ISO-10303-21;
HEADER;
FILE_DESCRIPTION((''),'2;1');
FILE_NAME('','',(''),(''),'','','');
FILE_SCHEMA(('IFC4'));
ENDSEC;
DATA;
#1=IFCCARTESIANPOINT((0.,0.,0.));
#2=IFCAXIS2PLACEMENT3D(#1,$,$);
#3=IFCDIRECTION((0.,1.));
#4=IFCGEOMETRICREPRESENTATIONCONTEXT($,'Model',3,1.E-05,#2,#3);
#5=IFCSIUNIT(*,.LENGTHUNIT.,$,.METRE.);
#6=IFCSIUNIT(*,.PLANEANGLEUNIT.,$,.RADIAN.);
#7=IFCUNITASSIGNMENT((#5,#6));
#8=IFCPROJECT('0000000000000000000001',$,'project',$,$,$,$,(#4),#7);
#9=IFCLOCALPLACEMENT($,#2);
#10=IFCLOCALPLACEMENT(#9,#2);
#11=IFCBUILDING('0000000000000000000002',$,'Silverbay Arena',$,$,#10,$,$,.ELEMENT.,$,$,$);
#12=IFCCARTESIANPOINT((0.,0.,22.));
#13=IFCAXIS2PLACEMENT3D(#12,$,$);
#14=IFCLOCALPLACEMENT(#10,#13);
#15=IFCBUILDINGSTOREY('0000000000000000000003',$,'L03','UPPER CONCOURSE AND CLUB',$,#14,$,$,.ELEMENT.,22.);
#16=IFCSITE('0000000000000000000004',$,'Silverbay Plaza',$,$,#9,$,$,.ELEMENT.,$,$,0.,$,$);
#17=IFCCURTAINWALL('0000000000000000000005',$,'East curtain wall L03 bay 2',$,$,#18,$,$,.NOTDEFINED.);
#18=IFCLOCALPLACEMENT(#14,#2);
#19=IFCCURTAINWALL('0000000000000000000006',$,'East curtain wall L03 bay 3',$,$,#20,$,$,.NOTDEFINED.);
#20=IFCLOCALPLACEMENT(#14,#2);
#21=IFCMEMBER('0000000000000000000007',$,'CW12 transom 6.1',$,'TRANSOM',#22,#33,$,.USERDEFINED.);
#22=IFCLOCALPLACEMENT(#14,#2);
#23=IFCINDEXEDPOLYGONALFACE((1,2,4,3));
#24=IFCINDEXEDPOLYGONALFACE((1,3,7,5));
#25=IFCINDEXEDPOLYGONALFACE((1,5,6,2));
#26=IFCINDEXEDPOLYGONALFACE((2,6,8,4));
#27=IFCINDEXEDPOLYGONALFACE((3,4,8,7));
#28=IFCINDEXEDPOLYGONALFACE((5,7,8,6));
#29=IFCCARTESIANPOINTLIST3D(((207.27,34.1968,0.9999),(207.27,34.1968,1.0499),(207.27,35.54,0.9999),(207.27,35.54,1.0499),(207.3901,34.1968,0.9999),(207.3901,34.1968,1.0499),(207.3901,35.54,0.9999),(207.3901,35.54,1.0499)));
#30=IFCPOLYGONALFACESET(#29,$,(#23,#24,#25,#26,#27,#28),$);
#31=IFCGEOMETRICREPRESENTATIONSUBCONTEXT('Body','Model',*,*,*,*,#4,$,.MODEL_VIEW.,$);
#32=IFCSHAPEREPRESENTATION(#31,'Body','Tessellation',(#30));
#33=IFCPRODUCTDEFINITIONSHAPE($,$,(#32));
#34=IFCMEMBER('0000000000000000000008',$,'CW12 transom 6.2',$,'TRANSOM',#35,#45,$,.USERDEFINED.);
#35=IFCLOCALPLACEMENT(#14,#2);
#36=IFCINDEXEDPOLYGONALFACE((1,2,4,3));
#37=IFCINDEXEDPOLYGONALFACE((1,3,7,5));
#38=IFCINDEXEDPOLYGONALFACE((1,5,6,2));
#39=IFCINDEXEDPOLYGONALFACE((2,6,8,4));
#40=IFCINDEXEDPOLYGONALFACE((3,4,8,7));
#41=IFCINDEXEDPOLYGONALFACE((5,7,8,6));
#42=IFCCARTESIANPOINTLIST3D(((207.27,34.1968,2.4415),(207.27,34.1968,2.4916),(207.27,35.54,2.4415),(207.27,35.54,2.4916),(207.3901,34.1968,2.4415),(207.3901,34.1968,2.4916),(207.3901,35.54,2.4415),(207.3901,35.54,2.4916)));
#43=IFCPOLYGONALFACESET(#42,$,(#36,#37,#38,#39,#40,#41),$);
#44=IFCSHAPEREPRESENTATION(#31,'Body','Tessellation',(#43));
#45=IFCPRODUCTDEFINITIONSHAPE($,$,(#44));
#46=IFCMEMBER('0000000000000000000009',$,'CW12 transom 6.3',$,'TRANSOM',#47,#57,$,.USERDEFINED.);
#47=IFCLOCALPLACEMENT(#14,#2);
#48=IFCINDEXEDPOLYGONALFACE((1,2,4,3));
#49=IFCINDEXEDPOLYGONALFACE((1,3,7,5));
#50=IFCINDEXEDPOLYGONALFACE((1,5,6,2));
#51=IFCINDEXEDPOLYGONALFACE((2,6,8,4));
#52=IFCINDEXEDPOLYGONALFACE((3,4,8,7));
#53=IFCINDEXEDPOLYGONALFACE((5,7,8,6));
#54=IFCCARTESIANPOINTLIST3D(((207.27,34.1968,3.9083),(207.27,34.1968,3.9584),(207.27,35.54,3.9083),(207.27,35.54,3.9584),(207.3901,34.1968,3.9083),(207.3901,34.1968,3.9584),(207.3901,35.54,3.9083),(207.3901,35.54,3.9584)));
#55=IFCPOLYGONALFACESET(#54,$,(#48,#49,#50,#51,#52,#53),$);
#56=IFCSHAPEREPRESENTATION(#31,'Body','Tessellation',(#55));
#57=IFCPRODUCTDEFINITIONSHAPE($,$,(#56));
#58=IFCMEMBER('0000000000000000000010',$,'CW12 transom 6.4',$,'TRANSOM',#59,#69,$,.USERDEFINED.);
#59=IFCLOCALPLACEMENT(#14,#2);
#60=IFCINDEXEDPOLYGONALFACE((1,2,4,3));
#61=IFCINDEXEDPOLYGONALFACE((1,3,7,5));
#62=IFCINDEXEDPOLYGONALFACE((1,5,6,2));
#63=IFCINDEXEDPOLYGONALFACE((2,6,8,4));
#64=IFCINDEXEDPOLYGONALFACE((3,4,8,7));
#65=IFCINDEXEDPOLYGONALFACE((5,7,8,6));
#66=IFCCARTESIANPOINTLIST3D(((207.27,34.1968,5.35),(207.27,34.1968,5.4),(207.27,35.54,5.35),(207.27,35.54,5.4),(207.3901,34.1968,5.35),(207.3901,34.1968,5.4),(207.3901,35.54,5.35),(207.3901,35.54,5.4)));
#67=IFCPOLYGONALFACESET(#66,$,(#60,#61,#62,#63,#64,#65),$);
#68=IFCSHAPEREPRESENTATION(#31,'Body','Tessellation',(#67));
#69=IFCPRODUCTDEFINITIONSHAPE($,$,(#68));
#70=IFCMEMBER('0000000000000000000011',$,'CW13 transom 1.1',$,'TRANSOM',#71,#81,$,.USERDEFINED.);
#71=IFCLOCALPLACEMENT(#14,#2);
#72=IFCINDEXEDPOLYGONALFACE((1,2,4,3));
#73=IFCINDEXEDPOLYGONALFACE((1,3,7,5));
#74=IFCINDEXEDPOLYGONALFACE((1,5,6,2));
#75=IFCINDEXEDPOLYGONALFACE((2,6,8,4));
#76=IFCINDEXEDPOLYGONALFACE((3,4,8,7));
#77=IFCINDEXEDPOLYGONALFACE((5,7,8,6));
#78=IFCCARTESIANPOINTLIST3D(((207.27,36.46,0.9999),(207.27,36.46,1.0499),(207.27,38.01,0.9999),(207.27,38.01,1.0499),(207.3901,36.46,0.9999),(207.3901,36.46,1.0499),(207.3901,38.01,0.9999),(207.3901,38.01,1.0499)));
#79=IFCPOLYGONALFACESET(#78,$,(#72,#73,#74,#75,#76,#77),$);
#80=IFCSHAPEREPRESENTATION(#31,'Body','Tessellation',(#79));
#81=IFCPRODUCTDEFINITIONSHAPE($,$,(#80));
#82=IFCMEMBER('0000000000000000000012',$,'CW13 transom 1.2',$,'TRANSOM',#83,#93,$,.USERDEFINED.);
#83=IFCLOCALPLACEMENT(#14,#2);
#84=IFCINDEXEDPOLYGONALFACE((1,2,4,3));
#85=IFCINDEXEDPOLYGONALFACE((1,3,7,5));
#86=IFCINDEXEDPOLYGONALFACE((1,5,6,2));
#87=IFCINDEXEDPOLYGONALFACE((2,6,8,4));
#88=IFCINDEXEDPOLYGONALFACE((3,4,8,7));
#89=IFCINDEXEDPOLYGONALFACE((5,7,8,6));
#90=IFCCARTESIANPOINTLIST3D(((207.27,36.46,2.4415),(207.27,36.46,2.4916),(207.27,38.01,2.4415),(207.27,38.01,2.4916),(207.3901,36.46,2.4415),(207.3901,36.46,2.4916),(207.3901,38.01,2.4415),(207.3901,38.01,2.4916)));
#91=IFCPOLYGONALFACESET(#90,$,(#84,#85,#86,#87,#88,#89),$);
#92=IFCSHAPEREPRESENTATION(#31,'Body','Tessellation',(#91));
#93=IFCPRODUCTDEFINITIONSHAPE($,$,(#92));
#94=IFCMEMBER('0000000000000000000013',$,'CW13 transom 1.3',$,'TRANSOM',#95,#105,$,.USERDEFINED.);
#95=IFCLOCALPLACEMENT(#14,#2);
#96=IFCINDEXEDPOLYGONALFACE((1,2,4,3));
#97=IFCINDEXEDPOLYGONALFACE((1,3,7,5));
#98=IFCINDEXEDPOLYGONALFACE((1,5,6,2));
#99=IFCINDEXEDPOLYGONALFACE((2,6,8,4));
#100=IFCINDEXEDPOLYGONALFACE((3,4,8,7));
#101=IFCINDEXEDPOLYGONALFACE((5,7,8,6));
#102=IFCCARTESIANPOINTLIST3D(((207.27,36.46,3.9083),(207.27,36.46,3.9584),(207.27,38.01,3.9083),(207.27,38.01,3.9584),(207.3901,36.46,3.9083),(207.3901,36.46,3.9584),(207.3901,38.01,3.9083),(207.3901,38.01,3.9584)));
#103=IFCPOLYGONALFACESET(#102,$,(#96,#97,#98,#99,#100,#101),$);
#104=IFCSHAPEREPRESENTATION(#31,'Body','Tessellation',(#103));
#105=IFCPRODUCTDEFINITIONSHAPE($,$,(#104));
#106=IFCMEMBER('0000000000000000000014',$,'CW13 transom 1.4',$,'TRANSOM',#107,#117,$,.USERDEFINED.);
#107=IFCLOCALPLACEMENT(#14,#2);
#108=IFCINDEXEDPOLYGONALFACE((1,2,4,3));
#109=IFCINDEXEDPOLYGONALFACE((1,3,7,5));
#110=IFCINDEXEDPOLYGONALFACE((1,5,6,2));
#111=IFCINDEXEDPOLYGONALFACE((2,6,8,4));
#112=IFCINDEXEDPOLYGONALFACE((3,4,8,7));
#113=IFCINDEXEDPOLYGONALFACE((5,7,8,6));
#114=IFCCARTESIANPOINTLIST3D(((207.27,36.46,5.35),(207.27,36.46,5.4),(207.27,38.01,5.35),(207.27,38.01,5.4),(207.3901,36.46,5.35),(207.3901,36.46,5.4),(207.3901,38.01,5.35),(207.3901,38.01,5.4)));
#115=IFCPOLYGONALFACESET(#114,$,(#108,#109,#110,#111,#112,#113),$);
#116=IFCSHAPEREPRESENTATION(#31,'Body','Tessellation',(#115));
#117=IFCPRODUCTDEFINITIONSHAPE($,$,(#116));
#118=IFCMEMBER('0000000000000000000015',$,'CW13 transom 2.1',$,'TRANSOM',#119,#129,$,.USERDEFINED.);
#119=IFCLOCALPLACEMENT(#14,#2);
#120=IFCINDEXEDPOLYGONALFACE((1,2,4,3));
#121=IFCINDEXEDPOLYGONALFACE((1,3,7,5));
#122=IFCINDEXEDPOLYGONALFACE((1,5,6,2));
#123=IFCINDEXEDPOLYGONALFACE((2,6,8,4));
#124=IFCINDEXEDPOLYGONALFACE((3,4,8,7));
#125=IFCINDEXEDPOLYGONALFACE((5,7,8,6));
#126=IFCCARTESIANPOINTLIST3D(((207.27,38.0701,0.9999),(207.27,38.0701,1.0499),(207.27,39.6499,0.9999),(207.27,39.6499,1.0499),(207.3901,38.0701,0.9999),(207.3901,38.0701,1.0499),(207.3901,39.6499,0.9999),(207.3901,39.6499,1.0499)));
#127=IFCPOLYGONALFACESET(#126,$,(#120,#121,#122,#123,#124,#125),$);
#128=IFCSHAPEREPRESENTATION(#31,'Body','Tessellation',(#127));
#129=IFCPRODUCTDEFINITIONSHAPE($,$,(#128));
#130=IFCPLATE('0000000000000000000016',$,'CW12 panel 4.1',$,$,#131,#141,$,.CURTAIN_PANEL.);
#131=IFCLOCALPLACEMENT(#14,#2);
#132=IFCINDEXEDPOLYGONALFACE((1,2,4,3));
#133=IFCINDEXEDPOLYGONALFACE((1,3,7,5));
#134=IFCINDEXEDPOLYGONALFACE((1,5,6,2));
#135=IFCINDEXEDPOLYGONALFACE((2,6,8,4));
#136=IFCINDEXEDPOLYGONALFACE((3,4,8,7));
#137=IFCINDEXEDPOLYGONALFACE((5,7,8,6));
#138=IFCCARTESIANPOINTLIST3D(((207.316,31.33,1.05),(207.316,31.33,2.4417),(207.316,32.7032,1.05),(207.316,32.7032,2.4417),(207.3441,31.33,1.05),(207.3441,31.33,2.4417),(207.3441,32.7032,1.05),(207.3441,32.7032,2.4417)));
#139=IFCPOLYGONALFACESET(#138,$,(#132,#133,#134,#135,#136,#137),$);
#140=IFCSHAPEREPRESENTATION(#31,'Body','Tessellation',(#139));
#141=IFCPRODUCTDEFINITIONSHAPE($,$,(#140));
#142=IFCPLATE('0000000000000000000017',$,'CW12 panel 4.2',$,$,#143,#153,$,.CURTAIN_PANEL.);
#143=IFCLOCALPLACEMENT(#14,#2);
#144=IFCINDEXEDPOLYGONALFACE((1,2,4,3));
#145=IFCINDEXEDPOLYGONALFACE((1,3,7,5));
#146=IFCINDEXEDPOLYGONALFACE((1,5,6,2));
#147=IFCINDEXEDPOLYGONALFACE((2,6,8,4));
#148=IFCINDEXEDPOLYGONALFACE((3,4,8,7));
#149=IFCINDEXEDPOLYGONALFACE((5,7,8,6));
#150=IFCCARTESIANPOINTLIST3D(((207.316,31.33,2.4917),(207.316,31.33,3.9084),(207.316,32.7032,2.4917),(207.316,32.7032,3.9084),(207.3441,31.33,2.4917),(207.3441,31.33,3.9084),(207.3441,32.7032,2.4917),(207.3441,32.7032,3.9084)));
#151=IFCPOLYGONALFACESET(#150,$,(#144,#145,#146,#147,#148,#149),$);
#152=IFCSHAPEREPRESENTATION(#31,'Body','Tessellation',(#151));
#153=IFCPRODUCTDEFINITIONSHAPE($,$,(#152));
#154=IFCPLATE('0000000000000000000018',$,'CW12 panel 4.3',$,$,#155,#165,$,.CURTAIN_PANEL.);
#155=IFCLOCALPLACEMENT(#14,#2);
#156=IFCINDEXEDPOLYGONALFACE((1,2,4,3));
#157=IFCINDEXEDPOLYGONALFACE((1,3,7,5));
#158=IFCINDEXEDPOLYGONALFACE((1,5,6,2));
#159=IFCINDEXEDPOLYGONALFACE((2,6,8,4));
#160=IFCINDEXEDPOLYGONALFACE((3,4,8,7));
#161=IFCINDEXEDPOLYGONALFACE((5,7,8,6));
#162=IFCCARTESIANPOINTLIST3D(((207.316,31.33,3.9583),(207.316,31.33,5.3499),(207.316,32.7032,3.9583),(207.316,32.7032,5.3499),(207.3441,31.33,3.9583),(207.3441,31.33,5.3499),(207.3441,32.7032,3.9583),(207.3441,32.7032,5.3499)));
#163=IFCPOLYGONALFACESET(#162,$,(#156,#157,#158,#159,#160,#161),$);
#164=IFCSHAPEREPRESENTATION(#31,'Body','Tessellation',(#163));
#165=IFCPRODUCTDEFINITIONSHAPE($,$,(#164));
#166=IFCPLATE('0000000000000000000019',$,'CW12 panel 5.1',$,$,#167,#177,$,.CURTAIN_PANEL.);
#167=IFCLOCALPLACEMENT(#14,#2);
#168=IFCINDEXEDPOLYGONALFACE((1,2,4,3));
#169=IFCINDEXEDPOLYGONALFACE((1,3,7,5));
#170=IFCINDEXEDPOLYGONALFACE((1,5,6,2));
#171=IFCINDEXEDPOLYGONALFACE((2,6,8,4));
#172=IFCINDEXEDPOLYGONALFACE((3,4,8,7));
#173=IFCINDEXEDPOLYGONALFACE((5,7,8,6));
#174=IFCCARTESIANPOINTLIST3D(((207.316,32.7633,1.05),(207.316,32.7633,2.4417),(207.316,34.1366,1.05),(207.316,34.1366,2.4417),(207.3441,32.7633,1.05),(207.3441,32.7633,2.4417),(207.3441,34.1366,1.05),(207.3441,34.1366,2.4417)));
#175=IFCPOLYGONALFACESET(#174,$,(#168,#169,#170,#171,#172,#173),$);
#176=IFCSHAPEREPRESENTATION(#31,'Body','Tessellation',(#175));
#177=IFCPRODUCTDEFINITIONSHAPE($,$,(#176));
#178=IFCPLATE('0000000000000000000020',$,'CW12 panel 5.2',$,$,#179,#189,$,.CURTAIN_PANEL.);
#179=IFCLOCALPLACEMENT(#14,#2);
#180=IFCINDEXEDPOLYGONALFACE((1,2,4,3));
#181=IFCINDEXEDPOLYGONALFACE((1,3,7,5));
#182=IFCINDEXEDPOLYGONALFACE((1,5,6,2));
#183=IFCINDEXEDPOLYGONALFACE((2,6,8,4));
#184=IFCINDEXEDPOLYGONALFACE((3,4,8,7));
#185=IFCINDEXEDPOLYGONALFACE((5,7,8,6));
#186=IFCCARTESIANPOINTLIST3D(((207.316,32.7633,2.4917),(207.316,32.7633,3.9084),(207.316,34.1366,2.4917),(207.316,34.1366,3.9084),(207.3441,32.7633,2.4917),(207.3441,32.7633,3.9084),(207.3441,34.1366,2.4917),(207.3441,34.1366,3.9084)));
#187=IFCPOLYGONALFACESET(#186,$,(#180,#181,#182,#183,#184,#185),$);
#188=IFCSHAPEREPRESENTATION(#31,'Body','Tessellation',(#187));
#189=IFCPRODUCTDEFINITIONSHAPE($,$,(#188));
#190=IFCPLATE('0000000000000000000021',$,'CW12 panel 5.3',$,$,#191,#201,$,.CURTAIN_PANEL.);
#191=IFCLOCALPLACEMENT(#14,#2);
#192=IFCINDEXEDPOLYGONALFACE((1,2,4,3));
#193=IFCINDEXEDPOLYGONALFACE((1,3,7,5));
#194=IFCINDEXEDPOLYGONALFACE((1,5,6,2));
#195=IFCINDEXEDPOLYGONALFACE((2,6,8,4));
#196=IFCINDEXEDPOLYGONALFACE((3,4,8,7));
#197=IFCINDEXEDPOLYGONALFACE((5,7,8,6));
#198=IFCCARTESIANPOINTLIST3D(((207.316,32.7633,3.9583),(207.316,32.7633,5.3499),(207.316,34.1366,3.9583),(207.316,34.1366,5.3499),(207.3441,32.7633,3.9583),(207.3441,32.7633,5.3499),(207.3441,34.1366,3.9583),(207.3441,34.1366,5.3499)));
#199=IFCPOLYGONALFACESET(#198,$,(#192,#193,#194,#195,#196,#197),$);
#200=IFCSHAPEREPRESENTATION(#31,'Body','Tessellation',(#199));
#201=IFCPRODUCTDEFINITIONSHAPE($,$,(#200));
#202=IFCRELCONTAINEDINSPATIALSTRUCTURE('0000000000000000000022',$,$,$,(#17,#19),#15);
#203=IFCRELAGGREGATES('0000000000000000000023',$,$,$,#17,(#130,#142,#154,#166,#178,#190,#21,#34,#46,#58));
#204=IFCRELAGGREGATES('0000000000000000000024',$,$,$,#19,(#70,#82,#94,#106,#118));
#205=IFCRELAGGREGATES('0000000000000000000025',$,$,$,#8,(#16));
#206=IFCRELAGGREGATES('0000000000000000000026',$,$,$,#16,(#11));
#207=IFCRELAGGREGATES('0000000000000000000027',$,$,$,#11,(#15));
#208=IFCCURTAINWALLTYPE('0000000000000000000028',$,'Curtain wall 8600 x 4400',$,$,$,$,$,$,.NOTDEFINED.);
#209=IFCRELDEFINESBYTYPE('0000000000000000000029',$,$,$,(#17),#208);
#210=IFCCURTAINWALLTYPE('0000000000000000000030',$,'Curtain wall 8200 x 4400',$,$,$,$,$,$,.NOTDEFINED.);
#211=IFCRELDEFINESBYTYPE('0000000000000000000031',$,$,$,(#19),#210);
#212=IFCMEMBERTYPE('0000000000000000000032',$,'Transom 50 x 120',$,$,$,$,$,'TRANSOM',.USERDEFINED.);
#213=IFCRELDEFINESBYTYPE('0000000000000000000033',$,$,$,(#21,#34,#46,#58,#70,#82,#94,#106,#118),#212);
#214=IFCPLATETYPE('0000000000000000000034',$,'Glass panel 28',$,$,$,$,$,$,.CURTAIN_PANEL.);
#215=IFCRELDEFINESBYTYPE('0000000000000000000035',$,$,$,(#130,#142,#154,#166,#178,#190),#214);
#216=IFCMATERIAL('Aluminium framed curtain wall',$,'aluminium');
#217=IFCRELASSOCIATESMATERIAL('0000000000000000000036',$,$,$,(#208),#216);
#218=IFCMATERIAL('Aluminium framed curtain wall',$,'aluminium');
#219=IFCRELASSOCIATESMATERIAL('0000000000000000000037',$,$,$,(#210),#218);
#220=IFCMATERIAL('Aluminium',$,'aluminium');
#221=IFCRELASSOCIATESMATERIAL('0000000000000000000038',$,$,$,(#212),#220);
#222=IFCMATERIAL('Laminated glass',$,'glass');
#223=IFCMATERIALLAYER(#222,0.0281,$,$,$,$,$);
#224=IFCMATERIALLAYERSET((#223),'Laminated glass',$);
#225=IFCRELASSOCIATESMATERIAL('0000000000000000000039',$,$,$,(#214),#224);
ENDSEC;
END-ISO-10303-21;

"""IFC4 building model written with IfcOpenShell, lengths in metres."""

from ifc_helpers import new_model, si_unit, direction, frame, origin, origin_2d, place, context, subcontext, project, spatial, rectangle, extrude, material, layer, layer_set, material_profile, profile_set, type_object, element, aggregate, save


model = new_model("IFC4")

# Units and contexts
model_context = context("Model", 3, precision=1e-05, world=origin(), true_north=direction((0.0, 1.0)))
body_context = subcontext(model_context, "Body", "Model", "MODEL_VIEW")
ifc_project = project(units=[si_unit("LENGTHUNIT", "METRE"), si_unit("PLANEANGLEUNIT", "RADIAN")], contexts=[model_context])

# Site, building, storey
site_placement = place(None, origin())
site = spatial("IfcSite", under=ifc_project, at=site_placement, Name="Silverbay Plaza", CompositionType="ELEMENT", RefElevation=0.0)
building_placement = place(site_placement, origin())
building = spatial("IfcBuilding", under=site, at=building_placement, Name="Silverbay Arena", CompositionType="ELEMENT")
storey_placement = place(building_placement, frame((0.0, 0.0, 22.0)))
storey = spatial("IfcBuildingStorey", under=building, at=storey_placement, Name="L03", Description="UPPER CONCOURSE AND CLUB", CompositionType="ELEMENT", Elevation=22.0)

# Curtain walls
ifc_material_1 = material(Name="Aluminium framed curtain wall", Category="aluminium")
curtain_wall_type_1 = type_object("IfcCurtainWallType", Name="Curtain wall 8600 x 4400", PredefinedType="NOTDEFINED", material=ifc_material_1)
curtain_wall_1_placement = place(storey_placement, origin())
curtain_wall_1 = element("IfcCurtainWall", 1, at=curtain_wall_1_placement, inside=storey, type_object=curtain_wall_type_1, Name="East curtain wall L03 bay 2", PredefinedType="NOTDEFINED")
ifc_material_2 = material(Name="Aluminium framed curtain wall", Category="aluminium")
curtain_wall_type_2 = type_object("IfcCurtainWallType", Name="Curtain wall 8200 x 4400", PredefinedType="NOTDEFINED", material=ifc_material_2)
curtain_wall_2_placement = place(storey_placement, origin())
curtain_wall_2 = element("IfcCurtainWall", 2, at=curtain_wall_2_placement, inside=storey, type_object=curtain_wall_type_2, Name="East curtain wall L03 bay 3", PredefinedType="NOTDEFINED")

# Members
ifc_material_3 = material(Name="Aluminium", Category="aluminium")
ifc_material_profile_1 = material_profile(ifc_material_3, rectangle(XDim=0.1201, YDim=0.05, at=origin_2d()), Name="Transom 50 x 120")
ifc_profile_set_1 = profile_set([ifc_material_profile_1], Name="Aluminium")
member_type_1 = type_object("IfcMemberType", Name="Transom 50 x 120", ElementType="TRANSOM", PredefinedType="USERDEFINED", material=ifc_profile_set_1)
member_1_placement = place(storey_placement, frame((207.3301, 34.1968, 1.0249), z_axis=(0.0, 1.0, 0.0), x_axis=(-1.0, 0.0, 0.0)))
member_1 = element("IfcMember", 3, at=member_1_placement, type_object=member_type_1, Name="CW12 transom 6.1", ObjectType="TRANSOM", PredefinedType="USERDEFINED", context=body_context, shape_type="SweptSolid", body=[
    extrude(rectangle(XDim=0.1201, YDim=0.05, at=origin_2d()), origin(), (0.0, 0.0, 1.0), 1.3433),
])
member_2_placement = place(storey_placement, frame((207.3301, 34.1968, 2.4666), z_axis=(0.0, 1.0, 0.0), x_axis=(-1.0, 0.0, 0.0)))
member_2 = element("IfcMember", 4, at=member_2_placement, type_object=member_type_1, Name="CW12 transom 6.2", ObjectType="TRANSOM", PredefinedType="USERDEFINED", context=body_context, shape_type="SweptSolid", body=[
    extrude(rectangle(XDim=0.1201, YDim=0.05, at=origin_2d()), origin(), (0.0, 0.0, 1.0), 1.3433),
])
member_3_placement = place(storey_placement, frame((207.3301, 34.1968, 3.9333), z_axis=(0.0, 1.0, 0.0), x_axis=(-1.0, 0.0, 0.0)))
member_3 = element("IfcMember", 5, at=member_3_placement, type_object=member_type_1, Name="CW12 transom 6.3", ObjectType="TRANSOM", PredefinedType="USERDEFINED", context=body_context, shape_type="SweptSolid", body=[
    extrude(rectangle(XDim=0.1201, YDim=0.05, at=origin_2d()), origin(), (0.0, 0.0, 1.0), 1.3433),
])
member_4_placement = place(storey_placement, frame((207.3301, 34.1968, 5.375), z_axis=(0.0, 1.0, 0.0), x_axis=(-1.0, 0.0, 0.0)))
member_4 = element("IfcMember", 6, at=member_4_placement, type_object=member_type_1, Name="CW12 transom 6.4", ObjectType="TRANSOM", PredefinedType="USERDEFINED", context=body_context, shape_type="SweptSolid", body=[
    extrude(rectangle(XDim=0.1201, YDim=0.05, at=origin_2d()), origin(), (0.0, 0.0, 1.0), 1.3433),
])
member_5_placement = place(storey_placement, frame((207.3301, 36.46, 1.0249), z_axis=(0.0, 1.0, 0.0), x_axis=(-1.0, 0.0, 0.0)))
member_5 = element("IfcMember", 7, at=member_5_placement, type_object=member_type_1, Name="CW13 transom 1.1", ObjectType="TRANSOM", PredefinedType="USERDEFINED", context=body_context, shape_type="SweptSolid", body=[
    extrude(rectangle(XDim=0.1201, YDim=0.05, at=origin_2d()), origin(), (0.0, 0.0, 1.0), 1.55),
])
member_6_placement = place(storey_placement, frame((207.3301, 36.46, 2.4666), z_axis=(0.0, 1.0, 0.0), x_axis=(-1.0, 0.0, 0.0)))
member_6 = element("IfcMember", 8, at=member_6_placement, type_object=member_type_1, Name="CW13 transom 1.2", ObjectType="TRANSOM", PredefinedType="USERDEFINED", context=body_context, shape_type="SweptSolid", body=[
    extrude(rectangle(XDim=0.1201, YDim=0.05, at=origin_2d()), origin(), (0.0, 0.0, 1.0), 1.55),
])
member_7_placement = place(storey_placement, frame((207.3301, 36.46, 3.9333), z_axis=(0.0, 1.0, 0.0), x_axis=(-1.0, 0.0, 0.0)))
member_7 = element("IfcMember", 9, at=member_7_placement, type_object=member_type_1, Name="CW13 transom 1.3", ObjectType="TRANSOM", PredefinedType="USERDEFINED", context=body_context, shape_type="SweptSolid", body=[
    extrude(rectangle(XDim=0.1201, YDim=0.05, at=origin_2d()), origin(), (0.0, 0.0, 1.0), 1.55),
])
member_8_placement = place(storey_placement, frame((207.3301, 36.46, 5.375), z_axis=(0.0, 1.0, 0.0), x_axis=(-1.0, 0.0, 0.0)))
member_8 = element("IfcMember", 10, at=member_8_placement, type_object=member_type_1, Name="CW13 transom 1.4", ObjectType="TRANSOM", PredefinedType="USERDEFINED", context=body_context, shape_type="SweptSolid", body=[
    extrude(rectangle(XDim=0.1201, YDim=0.05, at=origin_2d()), origin(), (0.0, 0.0, 1.0), 1.55),
])
member_9_placement = place(storey_placement, frame((207.3301, 38.0701, 1.0249), z_axis=(0.0, 1.0, 0.0), x_axis=(-1.0, 0.0, 0.0)))
member_9 = element("IfcMember", 11, at=member_9_placement, type_object=member_type_1, Name="CW13 transom 2.1", ObjectType="TRANSOM", PredefinedType="USERDEFINED", context=body_context, shape_type="SweptSolid", body=[
    extrude(rectangle(XDim=0.1201, YDim=0.05, at=origin_2d()), origin(), (0.0, 0.0, 1.0), 1.5798),
])

# Plates
ifc_material_4 = material(Name="Laminated glass", Category="glass")
ifc_layer_1 = layer(ifc_material_4, 0.0281)
ifc_layer_set_1 = layer_set([ifc_layer_1], Name="Laminated glass")
plate_type = type_object("IfcPlateType", Name="Glass panel 28", PredefinedType="CURTAIN_PANEL", material=ifc_layer_set_1)
plate_1_placement = place(storey_placement, frame((207.3301, 32.0166, 1.05), z_axis=(0.0, 0.0, 1.0), x_axis=(0.0, 1.0, 0.0)))
plate_1 = element("IfcPlate", 12, at=plate_1_placement, type_object=plate_type, Name="CW12 panel 4.1", PredefinedType="CURTAIN_PANEL", context=body_context, shape_type="SweptSolid", body=[
    extrude(rectangle(XDim=1.3733, YDim=0.0281, at=origin_2d()), origin(), (0.0, 0.0, 1.0), 1.3916),
])
plate_2_placement = place(storey_placement, frame((207.3301, 32.0166, 2.4917), z_axis=(0.0, 0.0, 1.0), x_axis=(0.0, 1.0, 0.0)))
plate_2 = element("IfcPlate", 13, at=plate_2_placement, type_object=plate_type, Name="CW12 panel 4.2", PredefinedType="CURTAIN_PANEL", context=body_context, shape_type="SweptSolid", body=[
    extrude(rectangle(XDim=1.3733, YDim=0.0281, at=origin_2d()), origin(), (0.0, 0.0, 1.0), 1.4167),
])
plate_3_placement = place(storey_placement, frame((207.3301, 32.0166, 3.9583), z_axis=(0.0, 0.0, 1.0), x_axis=(0.0, 1.0, 0.0)))
plate_3 = element("IfcPlate", 14, at=plate_3_placement, type_object=plate_type, Name="CW12 panel 4.3", PredefinedType="CURTAIN_PANEL", context=body_context, shape_type="SweptSolid", body=[
    extrude(rectangle(XDim=1.3733, YDim=0.0281, at=origin_2d()), origin(), (0.0, 0.0, 1.0), 1.3916),
])
plate_4_placement = place(storey_placement, frame((207.3301, 33.45, 1.05), z_axis=(0.0, 0.0, 1.0), x_axis=(0.0, 1.0, 0.0)))
plate_4 = element("IfcPlate", 15, at=plate_4_placement, type_object=plate_type, Name="CW12 panel 5.1", PredefinedType="CURTAIN_PANEL", context=body_context, shape_type="SweptSolid", body=[
    extrude(rectangle(XDim=1.3733, YDim=0.0281, at=origin_2d()), origin(), (0.0, 0.0, 1.0), 1.3916),
])
plate_5_placement = place(storey_placement, frame((207.3301, 33.45, 2.4917), z_axis=(0.0, 0.0, 1.0), x_axis=(0.0, 1.0, 0.0)))
plate_5 = element("IfcPlate", 16, at=plate_5_placement, type_object=plate_type, Name="CW12 panel 5.2", PredefinedType="CURTAIN_PANEL", context=body_context, shape_type="SweptSolid", body=[
    extrude(rectangle(XDim=1.3733, YDim=0.0281, at=origin_2d()), origin(), (0.0, 0.0, 1.0), 1.4167),
])
plate_6_placement = place(storey_placement, frame((207.3301, 33.45, 3.9583), z_axis=(0.0, 0.0, 1.0), x_axis=(0.0, 1.0, 0.0)))
plate_6 = element("IfcPlate", 17, at=plate_6_placement, type_object=plate_type, Name="CW12 panel 5.3", PredefinedType="CURTAIN_PANEL", context=body_context, shape_type="SweptSolid", body=[
    extrude(rectangle(XDim=1.3733, YDim=0.0281, at=origin_2d()), origin(), (0.0, 0.0, 1.0), 1.3916),
])
aggregate(curtain_wall_1, [plate_1, plate_2, plate_3, plate_4, plate_5, plate_6, member_1, member_2, member_3, member_4])
aggregate(curtain_wall_2, [member_5, member_6, member_7, member_8, member_9])

save(model, "model.ifc")
